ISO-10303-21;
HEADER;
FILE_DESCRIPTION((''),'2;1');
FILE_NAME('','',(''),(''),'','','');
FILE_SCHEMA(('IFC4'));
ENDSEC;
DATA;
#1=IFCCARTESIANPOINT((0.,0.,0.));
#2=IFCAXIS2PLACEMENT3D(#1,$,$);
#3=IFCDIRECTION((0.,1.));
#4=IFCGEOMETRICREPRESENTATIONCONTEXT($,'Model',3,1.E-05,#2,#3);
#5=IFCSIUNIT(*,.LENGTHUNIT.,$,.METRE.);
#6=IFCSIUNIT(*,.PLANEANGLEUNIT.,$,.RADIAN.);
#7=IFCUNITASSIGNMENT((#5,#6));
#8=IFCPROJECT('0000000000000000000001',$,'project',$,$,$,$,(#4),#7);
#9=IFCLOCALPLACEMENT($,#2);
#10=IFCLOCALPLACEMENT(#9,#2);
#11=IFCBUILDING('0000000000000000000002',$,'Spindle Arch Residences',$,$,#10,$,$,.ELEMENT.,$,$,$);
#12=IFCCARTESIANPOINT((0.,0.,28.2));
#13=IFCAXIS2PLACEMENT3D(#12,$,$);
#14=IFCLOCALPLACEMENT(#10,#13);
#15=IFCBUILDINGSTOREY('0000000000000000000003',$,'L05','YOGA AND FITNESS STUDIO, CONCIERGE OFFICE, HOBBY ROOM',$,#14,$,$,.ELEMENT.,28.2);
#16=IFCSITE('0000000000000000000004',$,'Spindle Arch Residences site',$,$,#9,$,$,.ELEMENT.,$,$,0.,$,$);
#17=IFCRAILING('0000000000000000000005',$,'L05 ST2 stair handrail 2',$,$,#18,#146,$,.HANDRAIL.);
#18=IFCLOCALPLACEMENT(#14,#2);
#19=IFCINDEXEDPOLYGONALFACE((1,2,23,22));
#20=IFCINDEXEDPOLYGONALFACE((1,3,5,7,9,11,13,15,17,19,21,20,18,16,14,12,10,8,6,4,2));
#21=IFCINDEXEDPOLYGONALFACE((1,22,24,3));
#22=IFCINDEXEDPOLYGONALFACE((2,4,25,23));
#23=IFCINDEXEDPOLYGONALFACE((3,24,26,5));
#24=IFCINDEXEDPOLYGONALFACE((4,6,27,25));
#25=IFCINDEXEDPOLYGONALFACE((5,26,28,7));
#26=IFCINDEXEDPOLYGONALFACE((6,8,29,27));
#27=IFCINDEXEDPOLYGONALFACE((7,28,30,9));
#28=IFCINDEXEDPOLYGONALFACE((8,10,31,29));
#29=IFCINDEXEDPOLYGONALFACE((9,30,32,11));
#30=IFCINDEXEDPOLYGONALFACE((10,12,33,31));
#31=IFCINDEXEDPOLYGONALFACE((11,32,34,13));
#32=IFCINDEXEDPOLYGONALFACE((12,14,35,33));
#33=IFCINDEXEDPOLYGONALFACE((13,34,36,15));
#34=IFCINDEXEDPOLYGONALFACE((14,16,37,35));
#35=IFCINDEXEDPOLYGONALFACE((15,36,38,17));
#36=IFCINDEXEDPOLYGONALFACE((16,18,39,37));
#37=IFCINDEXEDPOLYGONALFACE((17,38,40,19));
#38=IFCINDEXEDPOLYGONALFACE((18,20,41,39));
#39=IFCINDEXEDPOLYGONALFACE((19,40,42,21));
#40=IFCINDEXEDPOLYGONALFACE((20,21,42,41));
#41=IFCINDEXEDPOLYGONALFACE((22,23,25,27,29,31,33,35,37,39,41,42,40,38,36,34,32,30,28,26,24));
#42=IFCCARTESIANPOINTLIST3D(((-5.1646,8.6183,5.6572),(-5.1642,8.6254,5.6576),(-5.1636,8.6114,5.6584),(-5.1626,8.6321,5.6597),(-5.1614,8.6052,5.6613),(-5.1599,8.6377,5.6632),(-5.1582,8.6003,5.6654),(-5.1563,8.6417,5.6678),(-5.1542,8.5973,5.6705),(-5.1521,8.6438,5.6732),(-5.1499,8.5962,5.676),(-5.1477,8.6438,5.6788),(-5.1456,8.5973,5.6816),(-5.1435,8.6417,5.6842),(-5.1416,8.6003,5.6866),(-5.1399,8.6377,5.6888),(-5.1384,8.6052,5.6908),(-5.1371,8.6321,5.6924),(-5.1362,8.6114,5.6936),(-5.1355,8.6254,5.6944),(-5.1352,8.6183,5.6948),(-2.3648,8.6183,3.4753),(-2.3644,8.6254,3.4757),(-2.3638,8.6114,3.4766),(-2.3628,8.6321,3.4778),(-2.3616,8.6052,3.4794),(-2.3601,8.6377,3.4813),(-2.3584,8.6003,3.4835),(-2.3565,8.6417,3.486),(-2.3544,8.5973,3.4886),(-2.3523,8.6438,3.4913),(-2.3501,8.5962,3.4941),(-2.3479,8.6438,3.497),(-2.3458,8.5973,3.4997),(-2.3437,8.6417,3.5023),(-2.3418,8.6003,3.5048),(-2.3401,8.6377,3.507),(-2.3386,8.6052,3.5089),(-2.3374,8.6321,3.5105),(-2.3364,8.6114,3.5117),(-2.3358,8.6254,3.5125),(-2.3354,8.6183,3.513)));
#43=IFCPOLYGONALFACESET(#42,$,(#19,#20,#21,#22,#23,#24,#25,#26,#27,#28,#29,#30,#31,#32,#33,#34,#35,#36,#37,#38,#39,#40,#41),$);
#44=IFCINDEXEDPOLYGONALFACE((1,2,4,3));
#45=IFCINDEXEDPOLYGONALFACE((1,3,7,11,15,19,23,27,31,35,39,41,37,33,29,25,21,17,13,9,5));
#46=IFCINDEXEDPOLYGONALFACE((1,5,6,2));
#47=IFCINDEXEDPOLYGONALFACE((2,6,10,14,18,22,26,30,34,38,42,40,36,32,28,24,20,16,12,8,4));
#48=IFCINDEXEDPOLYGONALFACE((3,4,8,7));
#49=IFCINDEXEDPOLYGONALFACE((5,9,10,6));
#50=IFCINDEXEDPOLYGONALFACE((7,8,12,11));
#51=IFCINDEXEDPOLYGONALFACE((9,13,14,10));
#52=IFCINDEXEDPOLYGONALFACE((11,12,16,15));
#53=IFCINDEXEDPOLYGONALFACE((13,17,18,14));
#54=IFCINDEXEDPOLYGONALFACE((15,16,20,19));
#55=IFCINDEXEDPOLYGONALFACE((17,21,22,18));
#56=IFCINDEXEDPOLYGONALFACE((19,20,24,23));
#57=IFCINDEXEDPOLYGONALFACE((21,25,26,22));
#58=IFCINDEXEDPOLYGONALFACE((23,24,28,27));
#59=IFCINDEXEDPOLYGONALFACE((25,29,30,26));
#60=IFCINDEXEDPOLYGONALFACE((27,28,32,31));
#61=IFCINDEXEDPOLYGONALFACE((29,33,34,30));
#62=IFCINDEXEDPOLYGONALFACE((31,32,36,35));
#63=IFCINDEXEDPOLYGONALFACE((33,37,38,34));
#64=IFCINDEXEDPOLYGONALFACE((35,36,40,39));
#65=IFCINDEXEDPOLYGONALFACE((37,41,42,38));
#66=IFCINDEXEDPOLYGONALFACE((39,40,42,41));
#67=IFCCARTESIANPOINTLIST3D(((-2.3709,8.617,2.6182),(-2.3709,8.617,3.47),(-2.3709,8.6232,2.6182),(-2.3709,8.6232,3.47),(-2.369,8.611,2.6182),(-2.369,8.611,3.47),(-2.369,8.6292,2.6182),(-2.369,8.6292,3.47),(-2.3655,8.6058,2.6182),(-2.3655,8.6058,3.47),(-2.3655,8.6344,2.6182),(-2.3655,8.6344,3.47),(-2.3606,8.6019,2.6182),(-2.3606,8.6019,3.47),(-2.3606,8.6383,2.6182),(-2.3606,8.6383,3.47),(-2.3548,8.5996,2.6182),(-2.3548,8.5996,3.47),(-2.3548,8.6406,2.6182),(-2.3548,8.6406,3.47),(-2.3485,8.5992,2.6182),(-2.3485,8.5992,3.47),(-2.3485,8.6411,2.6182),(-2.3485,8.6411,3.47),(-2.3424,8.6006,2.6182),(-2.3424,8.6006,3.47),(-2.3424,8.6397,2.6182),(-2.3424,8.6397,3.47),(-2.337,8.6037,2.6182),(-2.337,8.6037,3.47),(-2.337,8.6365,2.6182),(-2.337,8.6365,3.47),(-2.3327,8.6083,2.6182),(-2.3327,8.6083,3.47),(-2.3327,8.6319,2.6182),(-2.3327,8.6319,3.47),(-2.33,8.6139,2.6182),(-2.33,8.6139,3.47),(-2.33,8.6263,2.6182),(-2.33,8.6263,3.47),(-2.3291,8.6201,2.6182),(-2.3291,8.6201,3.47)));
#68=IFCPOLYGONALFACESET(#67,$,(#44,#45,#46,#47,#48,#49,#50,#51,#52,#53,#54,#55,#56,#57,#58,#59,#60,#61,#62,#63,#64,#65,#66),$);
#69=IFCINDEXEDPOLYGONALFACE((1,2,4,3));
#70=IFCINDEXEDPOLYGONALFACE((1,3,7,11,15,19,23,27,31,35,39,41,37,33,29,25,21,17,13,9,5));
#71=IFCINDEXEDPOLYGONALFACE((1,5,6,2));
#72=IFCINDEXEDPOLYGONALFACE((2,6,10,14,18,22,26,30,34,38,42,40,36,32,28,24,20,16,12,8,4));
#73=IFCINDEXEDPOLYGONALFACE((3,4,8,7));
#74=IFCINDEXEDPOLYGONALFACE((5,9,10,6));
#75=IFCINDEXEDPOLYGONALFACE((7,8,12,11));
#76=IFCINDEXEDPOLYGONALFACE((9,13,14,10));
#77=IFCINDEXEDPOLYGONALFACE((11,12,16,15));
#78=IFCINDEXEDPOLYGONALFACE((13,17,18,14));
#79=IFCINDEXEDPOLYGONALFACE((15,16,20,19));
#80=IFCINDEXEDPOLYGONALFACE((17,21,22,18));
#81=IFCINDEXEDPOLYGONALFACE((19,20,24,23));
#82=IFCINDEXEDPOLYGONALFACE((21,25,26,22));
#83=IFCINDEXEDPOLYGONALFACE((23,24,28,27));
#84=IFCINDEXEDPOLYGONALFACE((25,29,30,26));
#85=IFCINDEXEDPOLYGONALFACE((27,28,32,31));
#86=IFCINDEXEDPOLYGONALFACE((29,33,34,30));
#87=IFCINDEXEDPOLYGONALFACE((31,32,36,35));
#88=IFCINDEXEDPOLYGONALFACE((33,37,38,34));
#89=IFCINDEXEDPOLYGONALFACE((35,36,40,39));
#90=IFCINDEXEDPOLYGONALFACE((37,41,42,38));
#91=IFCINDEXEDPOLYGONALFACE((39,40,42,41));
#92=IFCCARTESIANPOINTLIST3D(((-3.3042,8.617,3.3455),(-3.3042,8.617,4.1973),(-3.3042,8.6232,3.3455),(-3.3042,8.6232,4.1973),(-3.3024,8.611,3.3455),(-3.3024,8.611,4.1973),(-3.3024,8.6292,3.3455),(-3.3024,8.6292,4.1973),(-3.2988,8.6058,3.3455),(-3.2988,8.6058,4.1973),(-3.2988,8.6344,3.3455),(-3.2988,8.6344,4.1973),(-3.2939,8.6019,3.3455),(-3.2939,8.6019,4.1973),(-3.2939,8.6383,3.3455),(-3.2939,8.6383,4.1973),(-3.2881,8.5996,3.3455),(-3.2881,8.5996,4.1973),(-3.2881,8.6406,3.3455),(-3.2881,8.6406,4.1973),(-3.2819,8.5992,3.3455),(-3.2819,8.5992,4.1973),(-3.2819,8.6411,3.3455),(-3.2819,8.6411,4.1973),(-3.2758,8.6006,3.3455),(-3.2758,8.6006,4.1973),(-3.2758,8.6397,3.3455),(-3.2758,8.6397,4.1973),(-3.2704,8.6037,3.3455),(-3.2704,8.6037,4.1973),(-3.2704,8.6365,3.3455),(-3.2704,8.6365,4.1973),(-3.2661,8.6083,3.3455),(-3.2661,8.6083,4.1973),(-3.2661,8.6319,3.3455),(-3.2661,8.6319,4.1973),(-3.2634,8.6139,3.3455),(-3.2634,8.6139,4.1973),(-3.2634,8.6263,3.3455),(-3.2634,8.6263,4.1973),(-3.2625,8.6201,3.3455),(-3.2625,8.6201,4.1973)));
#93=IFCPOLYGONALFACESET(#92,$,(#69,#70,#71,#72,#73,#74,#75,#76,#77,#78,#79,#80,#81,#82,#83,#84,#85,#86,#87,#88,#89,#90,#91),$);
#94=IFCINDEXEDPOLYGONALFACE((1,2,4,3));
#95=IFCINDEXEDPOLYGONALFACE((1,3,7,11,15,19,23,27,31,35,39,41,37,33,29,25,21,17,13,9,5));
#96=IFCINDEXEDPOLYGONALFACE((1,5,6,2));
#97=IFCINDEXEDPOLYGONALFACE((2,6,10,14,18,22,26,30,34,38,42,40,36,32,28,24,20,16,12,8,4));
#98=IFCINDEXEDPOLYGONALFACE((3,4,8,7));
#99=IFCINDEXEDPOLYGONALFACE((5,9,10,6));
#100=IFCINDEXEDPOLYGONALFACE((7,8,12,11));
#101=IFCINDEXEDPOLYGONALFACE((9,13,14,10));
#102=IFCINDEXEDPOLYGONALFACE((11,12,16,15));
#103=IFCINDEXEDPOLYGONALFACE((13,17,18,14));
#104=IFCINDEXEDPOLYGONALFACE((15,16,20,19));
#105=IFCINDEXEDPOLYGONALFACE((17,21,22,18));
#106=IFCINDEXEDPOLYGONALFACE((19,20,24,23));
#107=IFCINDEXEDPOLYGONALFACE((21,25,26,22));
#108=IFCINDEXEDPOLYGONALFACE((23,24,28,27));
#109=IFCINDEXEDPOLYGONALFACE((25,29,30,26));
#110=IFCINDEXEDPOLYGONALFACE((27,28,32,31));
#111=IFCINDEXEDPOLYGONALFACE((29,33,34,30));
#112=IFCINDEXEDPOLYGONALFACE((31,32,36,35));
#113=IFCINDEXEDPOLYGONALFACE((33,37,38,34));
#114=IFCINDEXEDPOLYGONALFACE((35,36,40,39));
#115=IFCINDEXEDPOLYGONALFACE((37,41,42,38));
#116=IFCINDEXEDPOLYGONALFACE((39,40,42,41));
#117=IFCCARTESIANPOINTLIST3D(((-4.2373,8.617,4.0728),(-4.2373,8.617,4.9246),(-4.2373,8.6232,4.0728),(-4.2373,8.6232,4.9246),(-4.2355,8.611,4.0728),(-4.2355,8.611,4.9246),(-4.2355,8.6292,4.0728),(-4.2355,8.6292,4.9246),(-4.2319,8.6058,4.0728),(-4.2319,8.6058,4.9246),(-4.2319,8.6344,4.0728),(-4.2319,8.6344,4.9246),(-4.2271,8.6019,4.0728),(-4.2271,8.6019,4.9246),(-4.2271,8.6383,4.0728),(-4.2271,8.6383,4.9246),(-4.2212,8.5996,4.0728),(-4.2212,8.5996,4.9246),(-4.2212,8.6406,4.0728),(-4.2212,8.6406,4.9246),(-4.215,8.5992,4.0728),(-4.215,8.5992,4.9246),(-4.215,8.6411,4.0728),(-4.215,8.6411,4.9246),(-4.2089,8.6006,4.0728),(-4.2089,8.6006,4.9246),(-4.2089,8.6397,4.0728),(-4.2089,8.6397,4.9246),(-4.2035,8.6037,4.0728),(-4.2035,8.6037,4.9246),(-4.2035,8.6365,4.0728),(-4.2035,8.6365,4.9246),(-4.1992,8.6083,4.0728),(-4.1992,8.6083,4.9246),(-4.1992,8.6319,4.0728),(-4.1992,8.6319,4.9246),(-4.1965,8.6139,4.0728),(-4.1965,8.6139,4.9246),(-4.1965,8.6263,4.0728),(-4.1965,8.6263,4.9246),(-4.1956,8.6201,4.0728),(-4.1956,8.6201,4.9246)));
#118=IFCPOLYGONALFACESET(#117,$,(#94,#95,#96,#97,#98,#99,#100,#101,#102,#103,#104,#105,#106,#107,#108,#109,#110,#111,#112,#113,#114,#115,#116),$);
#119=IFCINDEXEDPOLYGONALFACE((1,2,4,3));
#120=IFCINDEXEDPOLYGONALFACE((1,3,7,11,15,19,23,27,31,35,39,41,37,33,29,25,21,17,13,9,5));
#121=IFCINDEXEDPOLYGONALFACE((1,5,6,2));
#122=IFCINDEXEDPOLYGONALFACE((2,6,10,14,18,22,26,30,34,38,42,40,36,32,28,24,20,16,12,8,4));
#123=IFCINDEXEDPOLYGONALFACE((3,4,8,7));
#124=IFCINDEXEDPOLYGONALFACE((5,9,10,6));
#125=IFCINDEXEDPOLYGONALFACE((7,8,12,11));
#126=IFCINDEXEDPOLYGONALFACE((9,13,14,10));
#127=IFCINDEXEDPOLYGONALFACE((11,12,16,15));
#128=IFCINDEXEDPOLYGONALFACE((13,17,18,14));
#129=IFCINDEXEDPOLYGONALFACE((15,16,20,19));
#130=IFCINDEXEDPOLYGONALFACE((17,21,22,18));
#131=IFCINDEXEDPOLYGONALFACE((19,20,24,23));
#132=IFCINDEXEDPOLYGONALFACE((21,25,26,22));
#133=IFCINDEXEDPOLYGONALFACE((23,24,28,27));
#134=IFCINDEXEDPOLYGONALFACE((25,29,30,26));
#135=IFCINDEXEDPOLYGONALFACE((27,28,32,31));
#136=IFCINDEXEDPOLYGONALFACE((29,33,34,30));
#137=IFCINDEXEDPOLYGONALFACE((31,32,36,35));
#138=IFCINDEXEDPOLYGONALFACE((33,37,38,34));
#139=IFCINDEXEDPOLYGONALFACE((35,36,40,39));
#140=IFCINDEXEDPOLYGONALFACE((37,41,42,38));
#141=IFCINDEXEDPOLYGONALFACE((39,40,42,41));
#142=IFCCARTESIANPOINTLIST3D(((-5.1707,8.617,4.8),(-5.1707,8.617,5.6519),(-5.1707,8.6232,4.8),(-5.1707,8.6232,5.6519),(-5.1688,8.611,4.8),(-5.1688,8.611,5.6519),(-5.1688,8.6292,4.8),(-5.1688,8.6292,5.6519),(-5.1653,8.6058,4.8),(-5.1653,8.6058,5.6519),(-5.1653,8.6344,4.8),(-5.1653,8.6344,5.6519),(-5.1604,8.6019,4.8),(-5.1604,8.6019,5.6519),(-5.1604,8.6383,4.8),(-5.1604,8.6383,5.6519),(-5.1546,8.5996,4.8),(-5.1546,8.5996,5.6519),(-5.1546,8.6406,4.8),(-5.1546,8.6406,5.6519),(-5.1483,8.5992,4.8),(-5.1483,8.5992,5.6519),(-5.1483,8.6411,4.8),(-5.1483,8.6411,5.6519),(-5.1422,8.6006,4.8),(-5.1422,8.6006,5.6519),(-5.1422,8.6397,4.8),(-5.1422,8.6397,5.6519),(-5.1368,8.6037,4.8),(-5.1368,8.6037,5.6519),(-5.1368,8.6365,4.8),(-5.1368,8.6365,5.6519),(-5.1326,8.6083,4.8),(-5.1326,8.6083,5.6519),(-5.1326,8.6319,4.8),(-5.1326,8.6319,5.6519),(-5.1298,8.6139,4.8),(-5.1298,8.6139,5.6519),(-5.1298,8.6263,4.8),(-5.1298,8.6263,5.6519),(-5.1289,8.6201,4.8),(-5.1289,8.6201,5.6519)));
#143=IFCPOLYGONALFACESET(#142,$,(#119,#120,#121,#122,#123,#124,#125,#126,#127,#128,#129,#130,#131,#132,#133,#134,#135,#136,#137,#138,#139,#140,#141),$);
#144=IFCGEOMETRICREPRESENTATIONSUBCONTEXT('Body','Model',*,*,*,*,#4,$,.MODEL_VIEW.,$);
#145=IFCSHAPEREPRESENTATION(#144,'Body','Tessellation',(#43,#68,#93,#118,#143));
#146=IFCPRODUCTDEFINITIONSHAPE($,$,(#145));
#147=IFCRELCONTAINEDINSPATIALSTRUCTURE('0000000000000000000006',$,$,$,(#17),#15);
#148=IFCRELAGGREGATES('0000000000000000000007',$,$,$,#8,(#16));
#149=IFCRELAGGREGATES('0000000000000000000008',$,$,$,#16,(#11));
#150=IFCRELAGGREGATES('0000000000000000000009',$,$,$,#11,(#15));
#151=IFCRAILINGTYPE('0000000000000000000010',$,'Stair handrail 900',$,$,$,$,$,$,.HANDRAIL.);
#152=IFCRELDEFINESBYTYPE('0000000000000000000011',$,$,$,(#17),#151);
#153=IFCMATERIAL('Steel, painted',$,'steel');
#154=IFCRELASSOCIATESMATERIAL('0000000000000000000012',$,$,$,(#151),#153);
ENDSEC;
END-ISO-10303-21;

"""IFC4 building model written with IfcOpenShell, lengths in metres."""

from ifc_helpers import new_model, si_unit, direction, frame, origin, origin_2d, place, context, subcontext, project, spatial, circle, extrude, material, type_object, element, save


model = new_model("IFC4")

# Units and contexts
model_context = context("Model", 3, precision=1e-05, world=origin(), true_north=direction((0.0, 1.0)))
body_context = subcontext(model_context, "Body", "Model", "MODEL_VIEW")
ifc_project = project(units=[si_unit("LENGTHUNIT", "METRE"), si_unit("PLANEANGLEUNIT", "RADIAN")], contexts=[model_context])

# Site, building, storey
site_placement = place(None, origin())
site = spatial("IfcSite", under=ifc_project, at=site_placement, Name="Spindle Arch Residences site", CompositionType="ELEMENT", RefElevation=0.0)
building_placement = place(site_placement, origin())
building = spatial("IfcBuilding", under=site, at=building_placement, Name="Spindle Arch Residences", CompositionType="ELEMENT")
storey_placement = place(building_placement, frame((0.0, 0.0, 28.2)))
storey = spatial("IfcBuildingStorey", under=building, at=storey_placement, Name="L05", Description="YOGA AND FITNESS STUDIO, CONCIERGE OFFICE, HOBBY ROOM", CompositionType="ELEMENT", Elevation=28.2)

# Railing
ifc_material_1 = material(Name="Steel, painted", Category="steel")
railing_type_1 = type_object("IfcRailingType", Name="Stair handrail 900", PredefinedType="HANDRAIL", material=ifc_material_1)
railing_1_placement = place(storey_placement, frame((-2.3501, 8.6201, 2.6182)))
element("IfcRailing", 1, at=railing_1_placement, inside=storey, type_object=railing_type_1, Name="L05 ST2 stair handrail 2", PredefinedType="HANDRAIL", context=body_context, shape_type="SweptSolid", body=[
    extrude(circle(Radius=0.0239, at=origin_2d()), frame((0.0, 0.0, 0.876), z_axis=(-0.78877, 0.0, 0.614688), x_axis=(0.0, -1.0, 0.0)), (0.0, 0.0, 1.0), 3.5496),
    extrude(circle(Radius=0.021, at=origin_2d()), origin(), (0.0, 0.0, 1.0), 0.8518),
    extrude(circle(Radius=0.021, at=origin_2d()), frame((-0.9333, 0.0, 0.7273)), (0.0, 0.0, 1.0), 0.8518),
    extrude(circle(Radius=0.021, at=origin_2d()), frame((-1.8665, 0.0, 1.4546)), (0.0, 0.0, 1.0), 0.8518),
    extrude(circle(Radius=0.021, at=origin_2d()), frame((-2.7998, 0.0, 2.1819)), (0.0, 0.0, 1.0), 0.8518),
])

save(model, "model.ifc")
